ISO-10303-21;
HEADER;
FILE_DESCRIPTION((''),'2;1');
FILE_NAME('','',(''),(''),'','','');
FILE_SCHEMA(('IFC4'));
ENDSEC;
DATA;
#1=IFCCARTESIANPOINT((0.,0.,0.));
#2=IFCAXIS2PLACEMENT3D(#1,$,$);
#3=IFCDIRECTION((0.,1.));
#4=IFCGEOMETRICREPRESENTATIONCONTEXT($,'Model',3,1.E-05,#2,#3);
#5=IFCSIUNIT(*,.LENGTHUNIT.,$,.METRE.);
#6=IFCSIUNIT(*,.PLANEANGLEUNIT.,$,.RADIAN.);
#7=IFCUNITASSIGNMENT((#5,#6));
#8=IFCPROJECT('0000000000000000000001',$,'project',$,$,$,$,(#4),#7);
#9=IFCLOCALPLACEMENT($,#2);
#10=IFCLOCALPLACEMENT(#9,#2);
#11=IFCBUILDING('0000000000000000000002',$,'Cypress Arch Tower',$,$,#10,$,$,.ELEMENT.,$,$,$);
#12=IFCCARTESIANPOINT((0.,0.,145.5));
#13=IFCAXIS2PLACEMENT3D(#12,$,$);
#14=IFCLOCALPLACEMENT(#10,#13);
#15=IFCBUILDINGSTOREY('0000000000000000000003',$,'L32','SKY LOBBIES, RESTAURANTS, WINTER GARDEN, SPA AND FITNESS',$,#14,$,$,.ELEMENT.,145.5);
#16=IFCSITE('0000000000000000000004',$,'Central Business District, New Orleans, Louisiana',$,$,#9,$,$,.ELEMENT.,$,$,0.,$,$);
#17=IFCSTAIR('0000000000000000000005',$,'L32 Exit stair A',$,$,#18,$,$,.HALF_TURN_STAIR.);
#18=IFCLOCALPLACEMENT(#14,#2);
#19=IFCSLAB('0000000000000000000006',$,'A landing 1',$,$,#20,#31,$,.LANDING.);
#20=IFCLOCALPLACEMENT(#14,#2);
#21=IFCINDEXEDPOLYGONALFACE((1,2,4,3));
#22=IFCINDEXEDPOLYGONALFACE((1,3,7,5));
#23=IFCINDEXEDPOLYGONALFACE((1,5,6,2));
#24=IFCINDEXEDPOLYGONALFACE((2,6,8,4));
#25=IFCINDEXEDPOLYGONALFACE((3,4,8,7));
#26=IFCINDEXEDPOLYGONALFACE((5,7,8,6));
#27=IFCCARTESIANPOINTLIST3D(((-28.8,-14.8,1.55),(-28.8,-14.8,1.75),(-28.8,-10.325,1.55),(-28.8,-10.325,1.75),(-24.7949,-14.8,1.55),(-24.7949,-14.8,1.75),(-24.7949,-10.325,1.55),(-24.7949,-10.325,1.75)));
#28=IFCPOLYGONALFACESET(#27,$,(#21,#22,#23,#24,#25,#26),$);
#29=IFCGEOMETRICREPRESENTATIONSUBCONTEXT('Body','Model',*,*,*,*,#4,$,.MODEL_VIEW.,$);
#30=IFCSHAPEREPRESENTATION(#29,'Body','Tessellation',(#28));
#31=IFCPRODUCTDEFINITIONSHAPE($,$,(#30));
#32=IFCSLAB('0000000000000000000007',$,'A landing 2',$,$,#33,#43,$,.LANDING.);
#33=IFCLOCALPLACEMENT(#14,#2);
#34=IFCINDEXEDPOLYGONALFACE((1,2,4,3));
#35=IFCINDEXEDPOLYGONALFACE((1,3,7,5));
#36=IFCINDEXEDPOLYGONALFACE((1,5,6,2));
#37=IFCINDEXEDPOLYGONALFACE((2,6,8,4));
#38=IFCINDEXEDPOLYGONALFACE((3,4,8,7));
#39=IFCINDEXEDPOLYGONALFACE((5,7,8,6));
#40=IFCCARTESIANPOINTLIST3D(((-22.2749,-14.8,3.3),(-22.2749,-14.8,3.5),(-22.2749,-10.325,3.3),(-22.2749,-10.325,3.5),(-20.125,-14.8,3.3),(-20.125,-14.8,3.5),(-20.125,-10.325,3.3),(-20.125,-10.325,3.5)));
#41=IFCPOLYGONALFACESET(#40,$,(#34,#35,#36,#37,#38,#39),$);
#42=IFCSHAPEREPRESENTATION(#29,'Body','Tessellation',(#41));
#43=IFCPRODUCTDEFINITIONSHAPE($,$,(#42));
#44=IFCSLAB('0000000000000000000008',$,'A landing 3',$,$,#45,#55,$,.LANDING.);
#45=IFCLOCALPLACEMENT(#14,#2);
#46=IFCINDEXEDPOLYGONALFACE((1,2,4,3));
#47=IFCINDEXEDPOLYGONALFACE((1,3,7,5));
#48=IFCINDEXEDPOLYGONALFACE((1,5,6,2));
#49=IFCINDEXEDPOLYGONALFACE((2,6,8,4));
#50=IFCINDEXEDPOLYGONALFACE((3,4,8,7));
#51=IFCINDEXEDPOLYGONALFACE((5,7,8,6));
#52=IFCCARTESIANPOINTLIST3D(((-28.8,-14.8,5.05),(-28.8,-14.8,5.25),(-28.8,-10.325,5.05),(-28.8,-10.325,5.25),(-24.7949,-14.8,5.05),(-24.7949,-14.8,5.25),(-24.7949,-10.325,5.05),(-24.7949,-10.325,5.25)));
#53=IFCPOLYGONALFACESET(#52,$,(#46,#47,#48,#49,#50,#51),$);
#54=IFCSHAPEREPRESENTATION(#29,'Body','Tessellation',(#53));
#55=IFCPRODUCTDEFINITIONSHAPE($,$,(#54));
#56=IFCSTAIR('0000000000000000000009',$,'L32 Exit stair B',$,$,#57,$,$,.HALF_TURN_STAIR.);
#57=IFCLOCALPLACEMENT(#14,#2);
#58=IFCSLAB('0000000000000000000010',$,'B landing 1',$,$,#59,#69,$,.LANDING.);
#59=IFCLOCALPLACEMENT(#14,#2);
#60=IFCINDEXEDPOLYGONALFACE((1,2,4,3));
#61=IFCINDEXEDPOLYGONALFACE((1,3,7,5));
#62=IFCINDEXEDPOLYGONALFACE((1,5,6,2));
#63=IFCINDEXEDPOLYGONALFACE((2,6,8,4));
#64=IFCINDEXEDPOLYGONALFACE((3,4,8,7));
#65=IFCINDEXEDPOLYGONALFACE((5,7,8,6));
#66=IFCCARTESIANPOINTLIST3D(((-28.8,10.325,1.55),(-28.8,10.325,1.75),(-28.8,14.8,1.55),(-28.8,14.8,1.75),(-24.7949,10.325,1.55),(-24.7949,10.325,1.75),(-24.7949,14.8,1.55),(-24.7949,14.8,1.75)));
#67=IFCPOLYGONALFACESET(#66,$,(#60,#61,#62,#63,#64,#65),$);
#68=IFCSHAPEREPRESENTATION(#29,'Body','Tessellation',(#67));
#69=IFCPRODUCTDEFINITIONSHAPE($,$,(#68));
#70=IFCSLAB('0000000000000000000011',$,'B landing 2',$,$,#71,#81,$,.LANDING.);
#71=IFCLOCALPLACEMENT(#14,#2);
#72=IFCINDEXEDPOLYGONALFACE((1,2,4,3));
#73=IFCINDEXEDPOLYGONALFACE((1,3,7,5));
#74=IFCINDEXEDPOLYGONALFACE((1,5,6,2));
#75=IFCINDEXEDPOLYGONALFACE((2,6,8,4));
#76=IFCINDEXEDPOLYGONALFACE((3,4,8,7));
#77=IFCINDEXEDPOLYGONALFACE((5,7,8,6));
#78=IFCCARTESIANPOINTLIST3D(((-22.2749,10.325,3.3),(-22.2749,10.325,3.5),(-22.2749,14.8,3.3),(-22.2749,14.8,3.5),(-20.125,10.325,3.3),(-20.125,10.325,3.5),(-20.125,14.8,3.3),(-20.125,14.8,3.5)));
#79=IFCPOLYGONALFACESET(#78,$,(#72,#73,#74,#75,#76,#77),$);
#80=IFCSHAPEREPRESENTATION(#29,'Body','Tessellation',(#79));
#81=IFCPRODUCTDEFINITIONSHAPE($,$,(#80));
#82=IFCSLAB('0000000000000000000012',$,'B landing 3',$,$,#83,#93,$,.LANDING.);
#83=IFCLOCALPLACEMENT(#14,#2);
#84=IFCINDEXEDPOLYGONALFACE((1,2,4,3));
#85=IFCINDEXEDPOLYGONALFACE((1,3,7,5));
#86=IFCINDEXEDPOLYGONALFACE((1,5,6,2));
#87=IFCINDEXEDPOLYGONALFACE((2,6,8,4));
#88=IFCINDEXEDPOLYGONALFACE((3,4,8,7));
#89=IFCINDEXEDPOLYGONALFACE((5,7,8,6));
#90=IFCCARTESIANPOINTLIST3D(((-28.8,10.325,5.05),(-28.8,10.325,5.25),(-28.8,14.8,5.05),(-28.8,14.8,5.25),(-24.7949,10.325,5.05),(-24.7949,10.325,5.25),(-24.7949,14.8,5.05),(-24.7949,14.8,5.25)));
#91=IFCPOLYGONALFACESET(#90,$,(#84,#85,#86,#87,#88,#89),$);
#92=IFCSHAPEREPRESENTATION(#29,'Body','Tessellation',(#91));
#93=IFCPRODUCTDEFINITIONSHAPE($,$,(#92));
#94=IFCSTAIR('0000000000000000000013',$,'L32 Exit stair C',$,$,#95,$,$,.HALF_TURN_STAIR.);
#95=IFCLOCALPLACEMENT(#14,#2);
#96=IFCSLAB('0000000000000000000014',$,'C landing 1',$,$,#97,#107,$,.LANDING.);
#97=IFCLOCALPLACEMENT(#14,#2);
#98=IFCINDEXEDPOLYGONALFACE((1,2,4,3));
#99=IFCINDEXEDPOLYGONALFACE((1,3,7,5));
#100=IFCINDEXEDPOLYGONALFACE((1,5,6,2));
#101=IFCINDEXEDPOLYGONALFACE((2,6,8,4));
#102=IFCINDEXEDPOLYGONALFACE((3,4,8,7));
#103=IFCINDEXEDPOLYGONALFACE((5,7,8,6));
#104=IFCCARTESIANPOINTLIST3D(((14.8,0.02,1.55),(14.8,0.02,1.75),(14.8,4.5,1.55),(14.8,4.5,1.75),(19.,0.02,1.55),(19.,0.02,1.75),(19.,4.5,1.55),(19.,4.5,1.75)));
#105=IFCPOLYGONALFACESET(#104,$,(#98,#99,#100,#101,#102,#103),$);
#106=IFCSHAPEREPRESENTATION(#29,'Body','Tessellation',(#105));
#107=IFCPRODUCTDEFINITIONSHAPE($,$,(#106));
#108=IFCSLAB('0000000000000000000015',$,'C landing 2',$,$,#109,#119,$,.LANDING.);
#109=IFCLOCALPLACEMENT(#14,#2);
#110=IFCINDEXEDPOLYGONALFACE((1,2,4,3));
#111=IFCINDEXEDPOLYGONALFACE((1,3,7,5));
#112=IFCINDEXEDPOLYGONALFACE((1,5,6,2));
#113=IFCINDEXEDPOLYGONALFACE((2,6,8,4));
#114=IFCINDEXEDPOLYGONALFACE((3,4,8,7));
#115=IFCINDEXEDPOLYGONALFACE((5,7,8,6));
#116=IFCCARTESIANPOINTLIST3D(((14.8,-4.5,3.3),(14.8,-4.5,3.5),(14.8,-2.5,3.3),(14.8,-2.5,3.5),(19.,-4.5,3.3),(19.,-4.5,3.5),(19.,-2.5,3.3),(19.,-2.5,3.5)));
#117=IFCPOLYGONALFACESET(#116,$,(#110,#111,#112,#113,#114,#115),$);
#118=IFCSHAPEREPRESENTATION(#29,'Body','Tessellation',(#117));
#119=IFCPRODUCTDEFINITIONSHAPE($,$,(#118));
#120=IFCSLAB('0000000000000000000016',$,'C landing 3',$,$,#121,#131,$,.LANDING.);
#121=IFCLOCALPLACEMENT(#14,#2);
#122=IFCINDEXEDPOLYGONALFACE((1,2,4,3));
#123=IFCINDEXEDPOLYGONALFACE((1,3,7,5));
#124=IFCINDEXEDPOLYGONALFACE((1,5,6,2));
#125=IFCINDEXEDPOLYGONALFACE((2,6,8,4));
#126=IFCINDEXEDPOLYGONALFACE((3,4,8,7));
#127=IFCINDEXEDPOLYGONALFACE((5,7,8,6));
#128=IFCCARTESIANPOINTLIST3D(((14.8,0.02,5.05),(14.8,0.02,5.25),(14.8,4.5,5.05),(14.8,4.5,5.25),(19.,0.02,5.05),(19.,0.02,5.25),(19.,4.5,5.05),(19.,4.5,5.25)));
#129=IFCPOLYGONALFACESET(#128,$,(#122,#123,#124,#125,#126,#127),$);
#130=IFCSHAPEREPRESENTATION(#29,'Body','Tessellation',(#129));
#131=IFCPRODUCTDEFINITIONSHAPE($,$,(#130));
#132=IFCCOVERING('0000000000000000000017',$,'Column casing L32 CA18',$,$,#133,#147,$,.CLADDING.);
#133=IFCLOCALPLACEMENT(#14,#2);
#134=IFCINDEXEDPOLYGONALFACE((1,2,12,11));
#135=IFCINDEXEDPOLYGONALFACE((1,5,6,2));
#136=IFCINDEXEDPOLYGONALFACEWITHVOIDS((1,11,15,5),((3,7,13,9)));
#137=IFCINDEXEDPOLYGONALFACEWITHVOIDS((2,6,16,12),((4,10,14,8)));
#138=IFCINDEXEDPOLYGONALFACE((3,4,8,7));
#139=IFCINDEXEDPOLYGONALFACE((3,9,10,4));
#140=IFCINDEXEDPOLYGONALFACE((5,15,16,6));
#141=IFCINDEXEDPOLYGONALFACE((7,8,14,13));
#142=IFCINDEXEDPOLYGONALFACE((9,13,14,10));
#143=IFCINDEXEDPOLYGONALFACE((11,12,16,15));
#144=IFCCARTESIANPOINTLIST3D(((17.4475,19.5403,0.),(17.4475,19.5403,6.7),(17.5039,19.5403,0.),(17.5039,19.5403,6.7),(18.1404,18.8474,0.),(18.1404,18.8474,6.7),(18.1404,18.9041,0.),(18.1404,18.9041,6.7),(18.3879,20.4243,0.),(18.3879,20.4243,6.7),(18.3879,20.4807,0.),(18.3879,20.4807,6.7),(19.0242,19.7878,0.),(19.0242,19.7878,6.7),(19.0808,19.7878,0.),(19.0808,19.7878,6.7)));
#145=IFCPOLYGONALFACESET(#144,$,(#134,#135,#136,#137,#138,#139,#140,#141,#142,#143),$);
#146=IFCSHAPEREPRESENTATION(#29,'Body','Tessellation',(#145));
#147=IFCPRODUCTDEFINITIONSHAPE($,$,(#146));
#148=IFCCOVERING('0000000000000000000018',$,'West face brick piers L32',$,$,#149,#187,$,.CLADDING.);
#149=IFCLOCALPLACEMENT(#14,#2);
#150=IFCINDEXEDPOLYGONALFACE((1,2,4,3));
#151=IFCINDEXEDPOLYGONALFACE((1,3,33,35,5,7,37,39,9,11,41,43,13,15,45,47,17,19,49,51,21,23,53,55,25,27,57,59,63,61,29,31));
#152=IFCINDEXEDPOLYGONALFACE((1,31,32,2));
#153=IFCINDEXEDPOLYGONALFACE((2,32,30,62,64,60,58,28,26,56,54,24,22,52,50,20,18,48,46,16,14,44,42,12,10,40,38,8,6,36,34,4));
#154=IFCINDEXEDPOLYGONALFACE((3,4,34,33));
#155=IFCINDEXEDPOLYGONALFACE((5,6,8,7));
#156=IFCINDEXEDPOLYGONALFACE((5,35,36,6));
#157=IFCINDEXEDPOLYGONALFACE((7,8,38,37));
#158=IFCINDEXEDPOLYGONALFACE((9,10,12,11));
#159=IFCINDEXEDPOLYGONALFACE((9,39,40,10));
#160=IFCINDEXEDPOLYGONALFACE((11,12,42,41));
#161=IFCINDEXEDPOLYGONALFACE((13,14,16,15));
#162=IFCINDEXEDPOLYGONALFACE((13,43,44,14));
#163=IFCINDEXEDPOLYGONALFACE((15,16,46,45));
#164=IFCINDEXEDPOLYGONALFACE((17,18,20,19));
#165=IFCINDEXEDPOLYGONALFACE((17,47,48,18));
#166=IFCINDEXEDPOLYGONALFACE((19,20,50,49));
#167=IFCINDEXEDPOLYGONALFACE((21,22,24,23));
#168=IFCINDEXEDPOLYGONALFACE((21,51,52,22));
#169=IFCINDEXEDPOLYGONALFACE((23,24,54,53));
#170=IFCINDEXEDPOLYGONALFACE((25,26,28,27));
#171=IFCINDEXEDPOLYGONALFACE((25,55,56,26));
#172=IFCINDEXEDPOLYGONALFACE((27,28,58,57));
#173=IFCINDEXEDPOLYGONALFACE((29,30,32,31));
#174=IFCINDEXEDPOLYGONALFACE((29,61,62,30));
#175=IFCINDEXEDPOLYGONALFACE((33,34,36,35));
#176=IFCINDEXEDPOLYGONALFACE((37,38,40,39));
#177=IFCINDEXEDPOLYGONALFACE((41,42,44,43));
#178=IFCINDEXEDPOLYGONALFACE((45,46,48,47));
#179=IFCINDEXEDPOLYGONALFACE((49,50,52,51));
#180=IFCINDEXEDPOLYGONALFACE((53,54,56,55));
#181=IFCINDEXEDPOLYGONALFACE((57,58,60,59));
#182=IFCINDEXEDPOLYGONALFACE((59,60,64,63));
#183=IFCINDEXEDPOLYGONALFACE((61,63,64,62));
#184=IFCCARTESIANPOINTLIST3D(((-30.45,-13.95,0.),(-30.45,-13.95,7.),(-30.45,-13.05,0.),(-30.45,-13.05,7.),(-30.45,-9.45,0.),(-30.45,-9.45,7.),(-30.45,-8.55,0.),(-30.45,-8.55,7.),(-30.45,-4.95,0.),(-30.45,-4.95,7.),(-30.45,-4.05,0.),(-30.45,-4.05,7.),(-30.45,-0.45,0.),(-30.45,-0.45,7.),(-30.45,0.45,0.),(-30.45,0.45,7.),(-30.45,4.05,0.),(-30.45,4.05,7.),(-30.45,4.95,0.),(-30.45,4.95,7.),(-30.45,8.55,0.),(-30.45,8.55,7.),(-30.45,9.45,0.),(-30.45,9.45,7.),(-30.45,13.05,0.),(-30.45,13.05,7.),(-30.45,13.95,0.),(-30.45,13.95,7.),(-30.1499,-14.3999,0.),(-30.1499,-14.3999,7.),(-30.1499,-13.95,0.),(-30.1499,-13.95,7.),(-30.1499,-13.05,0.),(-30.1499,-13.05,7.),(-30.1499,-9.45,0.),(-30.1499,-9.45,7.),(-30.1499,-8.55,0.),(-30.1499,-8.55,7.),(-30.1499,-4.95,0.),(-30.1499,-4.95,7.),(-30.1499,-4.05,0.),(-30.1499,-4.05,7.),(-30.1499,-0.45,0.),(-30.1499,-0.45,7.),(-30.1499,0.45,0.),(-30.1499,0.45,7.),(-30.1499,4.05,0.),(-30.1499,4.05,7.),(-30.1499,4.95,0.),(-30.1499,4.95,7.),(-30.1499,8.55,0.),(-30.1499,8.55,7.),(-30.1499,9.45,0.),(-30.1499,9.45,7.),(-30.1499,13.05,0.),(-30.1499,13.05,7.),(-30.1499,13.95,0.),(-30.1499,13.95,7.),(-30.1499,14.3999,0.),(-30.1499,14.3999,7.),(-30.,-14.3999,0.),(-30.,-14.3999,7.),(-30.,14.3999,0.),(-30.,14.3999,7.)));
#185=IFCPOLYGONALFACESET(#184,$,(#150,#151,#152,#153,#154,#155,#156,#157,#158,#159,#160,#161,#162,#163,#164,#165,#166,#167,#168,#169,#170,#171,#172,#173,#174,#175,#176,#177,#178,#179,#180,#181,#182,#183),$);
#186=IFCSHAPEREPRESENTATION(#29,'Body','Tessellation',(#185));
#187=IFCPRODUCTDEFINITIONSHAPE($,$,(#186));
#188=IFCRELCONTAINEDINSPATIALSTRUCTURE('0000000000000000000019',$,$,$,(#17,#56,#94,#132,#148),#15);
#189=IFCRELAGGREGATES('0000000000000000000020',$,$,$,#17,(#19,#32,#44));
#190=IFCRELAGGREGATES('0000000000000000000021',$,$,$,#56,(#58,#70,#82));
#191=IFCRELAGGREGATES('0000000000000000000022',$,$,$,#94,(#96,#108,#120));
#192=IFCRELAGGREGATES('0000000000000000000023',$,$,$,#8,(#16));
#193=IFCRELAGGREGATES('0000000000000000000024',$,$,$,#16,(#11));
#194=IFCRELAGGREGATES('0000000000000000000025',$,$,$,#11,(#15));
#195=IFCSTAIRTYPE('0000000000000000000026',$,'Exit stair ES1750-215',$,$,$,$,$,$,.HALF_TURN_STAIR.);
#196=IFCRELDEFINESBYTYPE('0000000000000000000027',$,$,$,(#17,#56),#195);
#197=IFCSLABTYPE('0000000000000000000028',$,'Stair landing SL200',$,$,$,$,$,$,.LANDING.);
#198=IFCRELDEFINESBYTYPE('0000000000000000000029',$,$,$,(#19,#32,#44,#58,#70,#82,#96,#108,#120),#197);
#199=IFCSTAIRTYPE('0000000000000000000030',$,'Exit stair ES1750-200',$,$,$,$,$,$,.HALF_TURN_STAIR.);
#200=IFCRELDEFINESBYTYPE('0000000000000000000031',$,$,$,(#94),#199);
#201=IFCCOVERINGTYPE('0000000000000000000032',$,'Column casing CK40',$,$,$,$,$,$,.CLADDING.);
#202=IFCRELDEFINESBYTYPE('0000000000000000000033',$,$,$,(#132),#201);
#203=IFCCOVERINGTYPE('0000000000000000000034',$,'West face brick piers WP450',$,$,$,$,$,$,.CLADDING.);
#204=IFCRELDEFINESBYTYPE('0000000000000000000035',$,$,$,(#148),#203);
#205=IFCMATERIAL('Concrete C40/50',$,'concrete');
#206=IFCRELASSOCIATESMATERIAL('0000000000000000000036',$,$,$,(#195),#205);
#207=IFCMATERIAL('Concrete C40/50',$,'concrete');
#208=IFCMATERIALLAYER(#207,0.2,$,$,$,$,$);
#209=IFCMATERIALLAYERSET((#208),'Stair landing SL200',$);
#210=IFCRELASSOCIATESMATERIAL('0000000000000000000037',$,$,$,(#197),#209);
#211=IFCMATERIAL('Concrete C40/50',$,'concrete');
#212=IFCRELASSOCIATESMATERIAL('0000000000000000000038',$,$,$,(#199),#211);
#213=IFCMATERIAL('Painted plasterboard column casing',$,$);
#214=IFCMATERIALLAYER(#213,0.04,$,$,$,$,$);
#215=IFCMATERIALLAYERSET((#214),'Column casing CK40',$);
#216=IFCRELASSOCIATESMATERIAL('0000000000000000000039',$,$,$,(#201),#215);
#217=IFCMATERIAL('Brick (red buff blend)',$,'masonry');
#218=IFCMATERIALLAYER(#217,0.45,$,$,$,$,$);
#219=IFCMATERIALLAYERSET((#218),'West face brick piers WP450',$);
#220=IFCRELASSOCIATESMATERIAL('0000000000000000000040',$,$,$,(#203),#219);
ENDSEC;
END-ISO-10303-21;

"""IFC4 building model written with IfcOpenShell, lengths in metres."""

from ifc_helpers import new_model, si_unit, direction, frame, origin, place, context, subcontext, project, spatial, polyline, outline, extrude, material, layer, layer_set, type_object, element, aggregate, save


model = new_model("IFC4")

# Units and contexts
model_context = context("Model", 3, precision=1e-05, world=origin(), true_north=direction((0.0, 1.0)))
body_context = subcontext(model_context, "Body", "Model", "MODEL_VIEW")
ifc_project = project(units=[si_unit("LENGTHUNIT", "METRE"), si_unit("PLANEANGLEUNIT", "RADIAN")], contexts=[model_context])

# Site, building, storey
site_placement = place(None, origin())
site = spatial("IfcSite", under=ifc_project, at=site_placement, Name="Central Business District, New Orleans, Louisiana", CompositionType="ELEMENT", RefElevation=0.0)
building_placement = place(site_placement, origin())
building = spatial("IfcBuilding", under=site, at=building_placement, Name="Cypress Arch Tower", CompositionType="ELEMENT")
storey_placement = place(building_placement, frame((0.0, 0.0, 145.5)))
storey = spatial("IfcBuildingStorey", under=building, at=storey_placement, Name="L32", Description="SKY LOBBIES, RESTAURANTS, WINTER GARDEN, SPA AND FITNESS", CompositionType="ELEMENT", Elevation=145.5)

# Stairs, slabs
ifc_material_1 = material(Name="Concrete C40/50", Category="concrete")
stair_type_1 = type_object("IfcStairType", Name="Exit stair ES1750-215", PredefinedType="HALF_TURN_STAIR", material=ifc_material_1)
stair_1_placement = place(storey_placement, origin())
stair_1 = element("IfcStair", 1, at=stair_1_placement, inside=storey, type_object=stair_type_1, Name="L32 Exit stair A", PredefinedType="HALF_TURN_STAIR")
ifc_material_2 = material(Name="Concrete C40/50", Category="concrete")
ifc_layer_1 = layer(ifc_material_2, 0.2)
ifc_layer_set_1 = layer_set([ifc_layer_1], Name="Stair landing SL200")
slab_type_1 = type_object("IfcSlabType", Name="Stair landing SL200", PredefinedType="LANDING", material=ifc_layer_set_1)
slab_1_placement = place(storey_placement, frame((0.0, 0.0, 1.55)))
slab_1 = element("IfcSlab", 2, at=slab_1_placement, type_object=slab_type_1, Name="A landing 1", PredefinedType="LANDING", context=body_context, shape_type="SweptSolid", body=[
    extrude(outline(polyline([(-24.7949, -10.325), (-28.8, -10.325), (-28.8, -14.8), (-24.7949, -14.8), (-24.7949, -10.325)])), origin(), (0.0, 0.0, 1.0), 0.2),
])
slab_2_placement = place(storey_placement, frame((0.0, 0.0, 3.3)))
slab_2 = element("IfcSlab", 3, at=slab_2_placement, type_object=slab_type_1, Name="A landing 2", PredefinedType="LANDING", context=body_context, shape_type="SweptSolid", body=[
    extrude(outline(polyline([(-20.125, -10.325), (-22.2749, -10.325), (-22.2749, -14.8), (-20.125, -14.8), (-20.125, -10.325)])), origin(), (0.0, 0.0, 1.0), 0.2),
])
slab_3_placement = place(storey_placement, frame((0.0, 0.0, 5.05)))
slab_3 = element("IfcSlab", 4, at=slab_3_placement, type_object=slab_type_1, Name="A landing 3", PredefinedType="LANDING", context=body_context, shape_type="SweptSolid", body=[
    extrude(outline(polyline([(-24.7949, -10.325), (-28.8, -10.325), (-28.8, -14.8), (-24.7949, -14.8), (-24.7949, -10.325)])), origin(), (0.0, 0.0, 1.0), 0.2),
])
aggregate(stair_1, [slab_1, slab_2, slab_3])
stair_2_placement = place(storey_placement, origin())
stair_2 = element("IfcStair", 5, at=stair_2_placement, inside=storey, type_object=stair_type_1, Name="L32 Exit stair B", PredefinedType="HALF_TURN_STAIR")
slab_4_placement = place(storey_placement, frame((0.0, 0.0, 1.55)))
slab_4 = element("IfcSlab", 6, at=slab_4_placement, type_object=slab_type_1, Name="B landing 1", PredefinedType="LANDING", context=body_context, shape_type="SweptSolid", body=[
    extrude(outline(polyline([(-24.7949, 14.8), (-28.8, 14.8), (-28.8, 10.325), (-24.7949, 10.325), (-24.7949, 14.8)])), origin(), (0.0, 0.0, 1.0), 0.2),
])
slab_5_placement = place(storey_placement, frame((0.0, 0.0, 3.3)))
slab_5 = element("IfcSlab", 7, at=slab_5_placement, type_object=slab_type_1, Name="B landing 2", PredefinedType="LANDING", context=body_context, shape_type="SweptSolid", body=[
    extrude(outline(polyline([(-20.125, 14.8), (-22.2749, 14.8), (-22.2749, 10.325), (-20.125, 10.325), (-20.125, 14.8)])), origin(), (0.0, 0.0, 1.0), 0.2),
])
slab_6_placement = place(storey_placement, frame((0.0, 0.0, 5.05)))
slab_6 = element("IfcSlab", 8, at=slab_6_placement, type_object=slab_type_1, Name="B landing 3", PredefinedType="LANDING", context=body_context, shape_type="SweptSolid", body=[
    extrude(outline(polyline([(-24.7949, 14.8), (-28.8, 14.8), (-28.8, 10.325), (-24.7949, 10.325), (-24.7949, 14.8)])), origin(), (0.0, 0.0, 1.0), 0.2),
])
aggregate(stair_2, [slab_4, slab_5, slab_6])
ifc_material_3 = material(Name="Concrete C40/50", Category="concrete")
stair_type_2 = type_object("IfcStairType", Name="Exit stair ES1750-200", PredefinedType="HALF_TURN_STAIR", material=ifc_material_3)
stair_3_placement = place(storey_placement, origin())
stair_3 = element("IfcStair", 9, at=stair_3_placement, inside=storey, type_object=stair_type_2, Name="L32 Exit stair C", PredefinedType="HALF_TURN_STAIR")
slab_7_placement = place(storey_placement, frame((0.0, 0.0, 1.55)))
slab_7 = element("IfcSlab", 10, at=slab_7_placement, type_object=slab_type_1, Name="C landing 1", PredefinedType="LANDING", context=body_context, shape_type="SweptSolid", body=[
    extrude(outline(polyline([(19.0, 0.02), (19.0, 4.5), (14.8, 4.5), (14.8, 0.02), (19.0, 0.02)])), origin(), (0.0, 0.0, 1.0), 0.2),
])
slab_8_placement = place(storey_placement, frame((0.0, 0.0, 3.3)))
slab_8 = element("IfcSlab", 11, at=slab_8_placement, type_object=slab_type_1, Name="C landing 2", PredefinedType="LANDING", context=body_context, shape_type="SweptSolid", body=[
    extrude(outline(polyline([(19.0, -4.5), (19.0, -2.5), (14.8, -2.5), (14.8, -4.5), (19.0, -4.5)])), origin(), (0.0, 0.0, 1.0), 0.2),
])
slab_9_placement = place(storey_placement, frame((0.0, 0.0, 5.05)))
slab_9 = element("IfcSlab", 12, at=slab_9_placement, type_object=slab_type_1, Name="C landing 3", PredefinedType="LANDING", context=body_context, shape_type="SweptSolid", body=[
    extrude(outline(polyline([(19.0, 0.02), (19.0, 4.5), (14.8, 4.5), (14.8, 0.02), (19.0, 0.02)])), origin(), (0.0, 0.0, 1.0), 0.2),
])
aggregate(stair_3, [slab_7, slab_8, slab_9])

# Coverings
ifc_material_4 = material(Name="Painted plasterboard column casing")
ifc_layer_2 = layer(ifc_material_4, 0.04)
ifc_layer_set_2 = layer_set([ifc_layer_2], Name="Column casing CK40")
covering_type_1 = type_object("IfcCoveringType", Name="Column casing CK40", PredefinedType="CLADDING", material=ifc_layer_set_2)
covering_1_placement = place(storey_placement, origin())
element("IfcCovering", 13, at=covering_1_placement, inside=storey, type_object=covering_type_1, Name="Column casing L32 CA18", PredefinedType="CLADDING", context=body_context, shape_type="SweptSolid", body=[
    extrude(outline(polyline([(19.0808, 19.7878), (18.1404, 18.8474), (17.4475, 19.5403), (18.3879, 20.4807), (19.0808, 19.7878)]), holes=[polyline([(19.0242, 19.7878), (18.3879, 20.4243), (17.5039, 19.5403), (18.1404, 18.9041), (19.0242, 19.7878)])]), origin(), (0.0, 0.0, 1.0), 6.7),
])
ifc_material_5 = material(Name="Brick (red buff blend)", Category="masonry")
ifc_layer_3 = layer(ifc_material_5, 0.45)
ifc_layer_set_3 = layer_set([ifc_layer_3], Name="West face brick piers WP450")
covering_type_2 = type_object("IfcCoveringType", Name="West face brick piers WP450", PredefinedType="CLADDING", material=ifc_layer_set_3)
covering_2_placement = place(storey_placement, origin())
element("IfcCovering", 14, at=covering_2_placement, inside=storey, type_object=covering_type_2, Name="West face brick piers L32", PredefinedType="CLADDING", context=body_context, shape_type="SweptSolid", body=[
    extrude(outline(polyline([(-30.1499, -13.05), (-30.1499, -9.45), (-30.45, -9.45), (-30.45, -8.55), (-30.1499, -8.55), (-30.1499, -4.95), (-30.45, -4.95), (-30.45, -4.05), (-30.1499, -4.05), (-30.1499, -0.45), (-30.45, -0.45), (-30.45, 0.45), (-30.1499, 0.45), (-30.1499, 4.05), (-30.45, 4.05), (-30.45, 4.95), (-30.1499, 4.95), (-30.1499, 8.55), (-30.45, 8.55), (-30.45, 9.45), (-30.1499, 9.45), (-30.1499, 13.05), (-30.45, 13.05), (-30.45, 13.95), (-30.1499, 13.95), (-30.1499, 14.3999), (-30.0, 14.3999), (-30.0, -14.3999), (-30.1499, -14.3999), (-30.1499, -13.95), (-30.45, -13.95), (-30.45, -13.05), (-30.1499, -13.05)])), origin(), (0.0, 0.0, 1.0), 7.0),
])

save(model, "model.ifc")
